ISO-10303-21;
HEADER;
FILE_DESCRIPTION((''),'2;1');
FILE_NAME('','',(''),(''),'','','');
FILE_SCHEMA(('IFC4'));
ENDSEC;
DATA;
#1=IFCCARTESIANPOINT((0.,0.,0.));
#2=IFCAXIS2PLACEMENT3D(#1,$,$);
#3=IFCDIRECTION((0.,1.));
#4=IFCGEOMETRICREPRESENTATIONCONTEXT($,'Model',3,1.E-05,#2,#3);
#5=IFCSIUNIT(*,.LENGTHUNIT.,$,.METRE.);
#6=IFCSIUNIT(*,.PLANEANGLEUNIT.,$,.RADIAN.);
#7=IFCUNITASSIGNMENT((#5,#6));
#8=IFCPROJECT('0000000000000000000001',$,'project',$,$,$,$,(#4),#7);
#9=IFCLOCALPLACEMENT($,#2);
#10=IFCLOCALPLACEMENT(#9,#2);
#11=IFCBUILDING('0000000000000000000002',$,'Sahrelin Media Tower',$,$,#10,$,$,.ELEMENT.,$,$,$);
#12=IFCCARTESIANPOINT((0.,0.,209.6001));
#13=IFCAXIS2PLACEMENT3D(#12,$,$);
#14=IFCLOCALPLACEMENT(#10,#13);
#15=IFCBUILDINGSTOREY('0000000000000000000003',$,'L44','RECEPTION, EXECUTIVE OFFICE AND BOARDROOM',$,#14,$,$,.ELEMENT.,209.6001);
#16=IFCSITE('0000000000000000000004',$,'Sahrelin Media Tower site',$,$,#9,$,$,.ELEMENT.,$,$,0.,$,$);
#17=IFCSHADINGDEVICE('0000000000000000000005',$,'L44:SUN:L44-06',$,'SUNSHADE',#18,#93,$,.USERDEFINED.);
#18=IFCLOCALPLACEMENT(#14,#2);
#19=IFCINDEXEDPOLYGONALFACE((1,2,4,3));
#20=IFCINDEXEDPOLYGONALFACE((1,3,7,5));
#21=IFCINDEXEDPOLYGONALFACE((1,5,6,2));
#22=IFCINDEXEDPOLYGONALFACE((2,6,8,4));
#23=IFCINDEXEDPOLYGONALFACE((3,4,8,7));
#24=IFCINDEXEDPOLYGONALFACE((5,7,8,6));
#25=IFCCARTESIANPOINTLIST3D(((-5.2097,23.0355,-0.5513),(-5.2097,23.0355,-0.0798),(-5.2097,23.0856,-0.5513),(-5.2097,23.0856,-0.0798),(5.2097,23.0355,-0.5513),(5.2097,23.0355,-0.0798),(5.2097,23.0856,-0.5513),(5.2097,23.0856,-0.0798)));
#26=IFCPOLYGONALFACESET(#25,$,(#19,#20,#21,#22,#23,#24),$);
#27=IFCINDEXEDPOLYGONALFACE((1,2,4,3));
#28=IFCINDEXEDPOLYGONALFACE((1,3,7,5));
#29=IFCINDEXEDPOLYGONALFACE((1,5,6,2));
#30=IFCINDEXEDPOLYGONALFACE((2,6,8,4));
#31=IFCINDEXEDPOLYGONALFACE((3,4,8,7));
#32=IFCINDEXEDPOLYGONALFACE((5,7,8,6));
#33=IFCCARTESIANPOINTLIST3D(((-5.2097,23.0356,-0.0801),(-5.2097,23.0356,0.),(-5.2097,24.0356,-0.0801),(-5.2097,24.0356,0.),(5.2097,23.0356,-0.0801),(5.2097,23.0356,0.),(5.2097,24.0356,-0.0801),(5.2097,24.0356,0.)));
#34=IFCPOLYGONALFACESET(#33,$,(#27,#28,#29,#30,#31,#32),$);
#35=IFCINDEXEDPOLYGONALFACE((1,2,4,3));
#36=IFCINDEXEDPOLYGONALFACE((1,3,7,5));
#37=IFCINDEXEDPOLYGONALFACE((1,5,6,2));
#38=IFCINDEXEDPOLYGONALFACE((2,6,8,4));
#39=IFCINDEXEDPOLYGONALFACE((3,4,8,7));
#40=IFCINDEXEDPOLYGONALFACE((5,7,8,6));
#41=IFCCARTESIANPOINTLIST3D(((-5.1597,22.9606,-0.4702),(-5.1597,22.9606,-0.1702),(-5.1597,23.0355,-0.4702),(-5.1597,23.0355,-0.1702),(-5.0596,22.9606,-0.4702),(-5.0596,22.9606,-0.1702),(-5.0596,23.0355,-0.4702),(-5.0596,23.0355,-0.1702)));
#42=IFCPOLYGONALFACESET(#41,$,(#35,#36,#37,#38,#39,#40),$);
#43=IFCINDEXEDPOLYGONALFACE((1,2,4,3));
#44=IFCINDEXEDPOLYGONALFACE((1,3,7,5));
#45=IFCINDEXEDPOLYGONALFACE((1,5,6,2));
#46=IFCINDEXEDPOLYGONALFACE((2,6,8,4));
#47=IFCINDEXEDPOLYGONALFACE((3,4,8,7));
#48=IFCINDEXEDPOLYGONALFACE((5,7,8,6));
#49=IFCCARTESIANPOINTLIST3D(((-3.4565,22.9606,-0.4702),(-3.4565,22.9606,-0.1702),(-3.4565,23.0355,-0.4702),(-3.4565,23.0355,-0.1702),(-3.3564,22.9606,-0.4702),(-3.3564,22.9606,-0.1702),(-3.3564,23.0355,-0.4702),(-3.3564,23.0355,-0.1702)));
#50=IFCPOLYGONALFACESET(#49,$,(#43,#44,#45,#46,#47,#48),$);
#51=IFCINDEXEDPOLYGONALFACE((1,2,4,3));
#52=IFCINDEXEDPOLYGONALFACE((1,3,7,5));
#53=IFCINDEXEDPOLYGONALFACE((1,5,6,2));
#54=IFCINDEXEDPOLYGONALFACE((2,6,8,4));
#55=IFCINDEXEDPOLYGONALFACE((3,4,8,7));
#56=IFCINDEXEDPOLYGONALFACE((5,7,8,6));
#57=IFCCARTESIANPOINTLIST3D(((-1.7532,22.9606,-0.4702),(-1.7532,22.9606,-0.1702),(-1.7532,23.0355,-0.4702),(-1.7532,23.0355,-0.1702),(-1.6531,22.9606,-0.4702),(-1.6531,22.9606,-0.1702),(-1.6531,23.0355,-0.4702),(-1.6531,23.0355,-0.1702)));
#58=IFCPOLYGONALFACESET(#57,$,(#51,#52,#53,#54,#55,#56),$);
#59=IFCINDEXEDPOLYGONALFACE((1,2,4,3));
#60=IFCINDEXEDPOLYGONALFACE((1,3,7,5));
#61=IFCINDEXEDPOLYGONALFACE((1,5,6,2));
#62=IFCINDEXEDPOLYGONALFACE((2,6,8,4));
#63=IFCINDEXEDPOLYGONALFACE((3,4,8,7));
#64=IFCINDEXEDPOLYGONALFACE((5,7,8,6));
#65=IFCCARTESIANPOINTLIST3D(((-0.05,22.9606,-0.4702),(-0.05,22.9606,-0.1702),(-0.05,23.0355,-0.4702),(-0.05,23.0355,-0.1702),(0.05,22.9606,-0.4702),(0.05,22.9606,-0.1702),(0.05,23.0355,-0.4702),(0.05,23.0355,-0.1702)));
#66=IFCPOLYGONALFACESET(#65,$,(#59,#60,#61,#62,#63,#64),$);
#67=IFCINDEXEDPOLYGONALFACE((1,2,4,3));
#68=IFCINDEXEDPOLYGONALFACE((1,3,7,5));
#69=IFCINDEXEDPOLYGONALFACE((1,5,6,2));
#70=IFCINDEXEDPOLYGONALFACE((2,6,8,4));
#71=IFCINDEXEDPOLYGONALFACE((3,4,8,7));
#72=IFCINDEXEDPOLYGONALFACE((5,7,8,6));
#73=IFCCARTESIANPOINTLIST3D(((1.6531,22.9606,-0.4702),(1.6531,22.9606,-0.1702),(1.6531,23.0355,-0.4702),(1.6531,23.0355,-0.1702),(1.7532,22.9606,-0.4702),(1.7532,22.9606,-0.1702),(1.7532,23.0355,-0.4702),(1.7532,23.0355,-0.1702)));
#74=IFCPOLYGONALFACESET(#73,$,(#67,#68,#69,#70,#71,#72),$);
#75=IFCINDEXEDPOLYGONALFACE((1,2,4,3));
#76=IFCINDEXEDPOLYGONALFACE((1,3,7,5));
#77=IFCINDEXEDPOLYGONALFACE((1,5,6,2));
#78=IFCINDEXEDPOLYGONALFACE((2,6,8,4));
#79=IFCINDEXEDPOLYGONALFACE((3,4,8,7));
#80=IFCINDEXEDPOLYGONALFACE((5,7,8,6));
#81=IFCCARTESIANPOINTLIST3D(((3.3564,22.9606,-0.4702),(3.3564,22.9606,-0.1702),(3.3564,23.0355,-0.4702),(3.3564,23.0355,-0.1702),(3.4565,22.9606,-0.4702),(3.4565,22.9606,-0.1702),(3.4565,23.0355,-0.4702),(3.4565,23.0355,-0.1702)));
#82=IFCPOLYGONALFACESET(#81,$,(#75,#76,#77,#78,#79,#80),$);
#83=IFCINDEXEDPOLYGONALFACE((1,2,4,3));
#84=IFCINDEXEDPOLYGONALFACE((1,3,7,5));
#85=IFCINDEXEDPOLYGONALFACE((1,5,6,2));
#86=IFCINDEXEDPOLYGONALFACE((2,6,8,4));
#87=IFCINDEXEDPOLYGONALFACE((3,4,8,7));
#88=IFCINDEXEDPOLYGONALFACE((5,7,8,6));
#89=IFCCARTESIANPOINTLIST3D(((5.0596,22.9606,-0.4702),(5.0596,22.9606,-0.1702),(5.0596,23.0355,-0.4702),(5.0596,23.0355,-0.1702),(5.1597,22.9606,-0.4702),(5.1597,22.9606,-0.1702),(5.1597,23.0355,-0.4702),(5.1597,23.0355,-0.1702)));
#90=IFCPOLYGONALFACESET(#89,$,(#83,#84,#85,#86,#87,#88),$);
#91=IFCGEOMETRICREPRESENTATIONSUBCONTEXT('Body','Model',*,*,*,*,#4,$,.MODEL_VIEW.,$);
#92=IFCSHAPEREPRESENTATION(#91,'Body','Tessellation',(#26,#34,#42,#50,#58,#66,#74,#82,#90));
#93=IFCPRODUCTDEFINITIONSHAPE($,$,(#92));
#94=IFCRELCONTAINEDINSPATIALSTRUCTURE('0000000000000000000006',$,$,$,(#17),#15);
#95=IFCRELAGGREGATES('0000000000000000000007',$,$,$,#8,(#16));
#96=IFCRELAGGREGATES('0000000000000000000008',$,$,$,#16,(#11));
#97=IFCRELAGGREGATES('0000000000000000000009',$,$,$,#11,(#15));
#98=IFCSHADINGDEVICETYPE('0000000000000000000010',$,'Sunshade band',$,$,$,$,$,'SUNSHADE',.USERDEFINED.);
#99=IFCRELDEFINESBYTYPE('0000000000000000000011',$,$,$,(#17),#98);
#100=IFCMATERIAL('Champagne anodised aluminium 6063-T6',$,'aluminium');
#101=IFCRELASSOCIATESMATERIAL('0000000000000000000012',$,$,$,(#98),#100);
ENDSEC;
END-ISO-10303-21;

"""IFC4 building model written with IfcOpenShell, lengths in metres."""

from ifc_helpers import new_model, si_unit, direction, frame, origin, origin_2d, place, context, subcontext, project, spatial, rectangle, extrude, material, type_object, element, save


model = new_model("IFC4")

# Units and contexts
model_context = context("Model", 3, precision=1e-05, world=origin(), true_north=direction((0.0, 1.0)))
body_context = subcontext(model_context, "Body", "Model", "MODEL_VIEW")
ifc_project = project(units=[si_unit("LENGTHUNIT", "METRE"), si_unit("PLANEANGLEUNIT", "RADIAN")], contexts=[model_context])

# Site, building, storey
site_placement = place(None, origin())
site = spatial("IfcSite", under=ifc_project, at=site_placement, Name="Sahrelin Media Tower site", CompositionType="ELEMENT", RefElevation=0.0)
building_placement = place(site_placement, origin())
building = spatial("IfcBuilding", under=site, at=building_placement, Name="Sahrelin Media Tower", CompositionType="ELEMENT")
storey_placement = place(building_placement, frame((0.0, 0.0, 209.6001)))
storey = spatial("IfcBuildingStorey", under=building, at=storey_placement, Name="L44", Description="RECEPTION, EXECUTIVE OFFICE AND BOARDROOM", CompositionType="ELEMENT", Elevation=209.6001)

# Shared definitions
ifc_material_1 = material(Name="Champagne anodised aluminium 6063-T6", Category="aluminium")

# Shared definitions
placement_1 = place(storey_placement, frame((0.0, 23.0156, 0.0), z_axis=(0.0, 0.0, 1.0), x_axis=(1.0, 0.0, 0.0)))

# Shading device
shading_device_type_1 = type_object("IfcShadingDeviceType", Name="Sunshade band", ElementType="SUNSHADE", PredefinedType="USERDEFINED", material=ifc_material_1)
element("IfcShadingDevice", 1, at=placement_1, inside=storey, type_object=shading_device_type_1, Name="L44:SUN:L44-06", ObjectType="SUNSHADE", PredefinedType="USERDEFINED", context=body_context, shape_type="SweptSolid", body=[
    extrude(rectangle(XDim=10.4194, YDim=0.05, at=origin_2d()), frame((0.0, 0.0449, -0.5513)), (0.0, 0.0, 1.0), 0.4714),
    extrude(rectangle(XDim=10.4194, YDim=1.0, at=origin_2d()), frame((0.0, 0.52, -0.0801)), (0.0, 0.0, 1.0), 0.0801),
    extrude(rectangle(XDim=0.1001, YDim=0.075, at=origin_2d()), frame((-5.1096, -0.0176, -0.4702)), (0.0, 0.0, 1.0), 0.3),
    extrude(rectangle(XDim=0.1001, YDim=0.075, at=origin_2d()), frame((-3.4065, -0.0176, -0.4702)), (0.0, 0.0, 1.0), 0.3),
    extrude(rectangle(XDim=0.1001, YDim=0.075, at=origin_2d()), frame((-1.7031, -0.0176, -0.4702)), (0.0, 0.0, 1.0), 0.3),
    extrude(rectangle(XDim=0.1001, YDim=0.075, at=origin_2d()), frame((0.0, -0.0176, -0.4702)), (0.0, 0.0, 1.0), 0.3),
    extrude(rectangle(XDim=0.1001, YDim=0.075, at=origin_2d()), frame((1.7031, -0.0176, -0.4702)), (0.0, 0.0, 1.0), 0.3),
    extrude(rectangle(XDim=0.1001, YDim=0.075, at=origin_2d()), frame((3.4065, -0.0176, -0.4702)), (0.0, 0.0, 1.0), 0.3),
    extrude(rectangle(XDim=0.1001, YDim=0.075, at=origin_2d()), frame((5.1096, -0.0176, -0.4702)), (0.0, 0.0, 1.0), 0.3),
])

save(model, "model.ifc")
